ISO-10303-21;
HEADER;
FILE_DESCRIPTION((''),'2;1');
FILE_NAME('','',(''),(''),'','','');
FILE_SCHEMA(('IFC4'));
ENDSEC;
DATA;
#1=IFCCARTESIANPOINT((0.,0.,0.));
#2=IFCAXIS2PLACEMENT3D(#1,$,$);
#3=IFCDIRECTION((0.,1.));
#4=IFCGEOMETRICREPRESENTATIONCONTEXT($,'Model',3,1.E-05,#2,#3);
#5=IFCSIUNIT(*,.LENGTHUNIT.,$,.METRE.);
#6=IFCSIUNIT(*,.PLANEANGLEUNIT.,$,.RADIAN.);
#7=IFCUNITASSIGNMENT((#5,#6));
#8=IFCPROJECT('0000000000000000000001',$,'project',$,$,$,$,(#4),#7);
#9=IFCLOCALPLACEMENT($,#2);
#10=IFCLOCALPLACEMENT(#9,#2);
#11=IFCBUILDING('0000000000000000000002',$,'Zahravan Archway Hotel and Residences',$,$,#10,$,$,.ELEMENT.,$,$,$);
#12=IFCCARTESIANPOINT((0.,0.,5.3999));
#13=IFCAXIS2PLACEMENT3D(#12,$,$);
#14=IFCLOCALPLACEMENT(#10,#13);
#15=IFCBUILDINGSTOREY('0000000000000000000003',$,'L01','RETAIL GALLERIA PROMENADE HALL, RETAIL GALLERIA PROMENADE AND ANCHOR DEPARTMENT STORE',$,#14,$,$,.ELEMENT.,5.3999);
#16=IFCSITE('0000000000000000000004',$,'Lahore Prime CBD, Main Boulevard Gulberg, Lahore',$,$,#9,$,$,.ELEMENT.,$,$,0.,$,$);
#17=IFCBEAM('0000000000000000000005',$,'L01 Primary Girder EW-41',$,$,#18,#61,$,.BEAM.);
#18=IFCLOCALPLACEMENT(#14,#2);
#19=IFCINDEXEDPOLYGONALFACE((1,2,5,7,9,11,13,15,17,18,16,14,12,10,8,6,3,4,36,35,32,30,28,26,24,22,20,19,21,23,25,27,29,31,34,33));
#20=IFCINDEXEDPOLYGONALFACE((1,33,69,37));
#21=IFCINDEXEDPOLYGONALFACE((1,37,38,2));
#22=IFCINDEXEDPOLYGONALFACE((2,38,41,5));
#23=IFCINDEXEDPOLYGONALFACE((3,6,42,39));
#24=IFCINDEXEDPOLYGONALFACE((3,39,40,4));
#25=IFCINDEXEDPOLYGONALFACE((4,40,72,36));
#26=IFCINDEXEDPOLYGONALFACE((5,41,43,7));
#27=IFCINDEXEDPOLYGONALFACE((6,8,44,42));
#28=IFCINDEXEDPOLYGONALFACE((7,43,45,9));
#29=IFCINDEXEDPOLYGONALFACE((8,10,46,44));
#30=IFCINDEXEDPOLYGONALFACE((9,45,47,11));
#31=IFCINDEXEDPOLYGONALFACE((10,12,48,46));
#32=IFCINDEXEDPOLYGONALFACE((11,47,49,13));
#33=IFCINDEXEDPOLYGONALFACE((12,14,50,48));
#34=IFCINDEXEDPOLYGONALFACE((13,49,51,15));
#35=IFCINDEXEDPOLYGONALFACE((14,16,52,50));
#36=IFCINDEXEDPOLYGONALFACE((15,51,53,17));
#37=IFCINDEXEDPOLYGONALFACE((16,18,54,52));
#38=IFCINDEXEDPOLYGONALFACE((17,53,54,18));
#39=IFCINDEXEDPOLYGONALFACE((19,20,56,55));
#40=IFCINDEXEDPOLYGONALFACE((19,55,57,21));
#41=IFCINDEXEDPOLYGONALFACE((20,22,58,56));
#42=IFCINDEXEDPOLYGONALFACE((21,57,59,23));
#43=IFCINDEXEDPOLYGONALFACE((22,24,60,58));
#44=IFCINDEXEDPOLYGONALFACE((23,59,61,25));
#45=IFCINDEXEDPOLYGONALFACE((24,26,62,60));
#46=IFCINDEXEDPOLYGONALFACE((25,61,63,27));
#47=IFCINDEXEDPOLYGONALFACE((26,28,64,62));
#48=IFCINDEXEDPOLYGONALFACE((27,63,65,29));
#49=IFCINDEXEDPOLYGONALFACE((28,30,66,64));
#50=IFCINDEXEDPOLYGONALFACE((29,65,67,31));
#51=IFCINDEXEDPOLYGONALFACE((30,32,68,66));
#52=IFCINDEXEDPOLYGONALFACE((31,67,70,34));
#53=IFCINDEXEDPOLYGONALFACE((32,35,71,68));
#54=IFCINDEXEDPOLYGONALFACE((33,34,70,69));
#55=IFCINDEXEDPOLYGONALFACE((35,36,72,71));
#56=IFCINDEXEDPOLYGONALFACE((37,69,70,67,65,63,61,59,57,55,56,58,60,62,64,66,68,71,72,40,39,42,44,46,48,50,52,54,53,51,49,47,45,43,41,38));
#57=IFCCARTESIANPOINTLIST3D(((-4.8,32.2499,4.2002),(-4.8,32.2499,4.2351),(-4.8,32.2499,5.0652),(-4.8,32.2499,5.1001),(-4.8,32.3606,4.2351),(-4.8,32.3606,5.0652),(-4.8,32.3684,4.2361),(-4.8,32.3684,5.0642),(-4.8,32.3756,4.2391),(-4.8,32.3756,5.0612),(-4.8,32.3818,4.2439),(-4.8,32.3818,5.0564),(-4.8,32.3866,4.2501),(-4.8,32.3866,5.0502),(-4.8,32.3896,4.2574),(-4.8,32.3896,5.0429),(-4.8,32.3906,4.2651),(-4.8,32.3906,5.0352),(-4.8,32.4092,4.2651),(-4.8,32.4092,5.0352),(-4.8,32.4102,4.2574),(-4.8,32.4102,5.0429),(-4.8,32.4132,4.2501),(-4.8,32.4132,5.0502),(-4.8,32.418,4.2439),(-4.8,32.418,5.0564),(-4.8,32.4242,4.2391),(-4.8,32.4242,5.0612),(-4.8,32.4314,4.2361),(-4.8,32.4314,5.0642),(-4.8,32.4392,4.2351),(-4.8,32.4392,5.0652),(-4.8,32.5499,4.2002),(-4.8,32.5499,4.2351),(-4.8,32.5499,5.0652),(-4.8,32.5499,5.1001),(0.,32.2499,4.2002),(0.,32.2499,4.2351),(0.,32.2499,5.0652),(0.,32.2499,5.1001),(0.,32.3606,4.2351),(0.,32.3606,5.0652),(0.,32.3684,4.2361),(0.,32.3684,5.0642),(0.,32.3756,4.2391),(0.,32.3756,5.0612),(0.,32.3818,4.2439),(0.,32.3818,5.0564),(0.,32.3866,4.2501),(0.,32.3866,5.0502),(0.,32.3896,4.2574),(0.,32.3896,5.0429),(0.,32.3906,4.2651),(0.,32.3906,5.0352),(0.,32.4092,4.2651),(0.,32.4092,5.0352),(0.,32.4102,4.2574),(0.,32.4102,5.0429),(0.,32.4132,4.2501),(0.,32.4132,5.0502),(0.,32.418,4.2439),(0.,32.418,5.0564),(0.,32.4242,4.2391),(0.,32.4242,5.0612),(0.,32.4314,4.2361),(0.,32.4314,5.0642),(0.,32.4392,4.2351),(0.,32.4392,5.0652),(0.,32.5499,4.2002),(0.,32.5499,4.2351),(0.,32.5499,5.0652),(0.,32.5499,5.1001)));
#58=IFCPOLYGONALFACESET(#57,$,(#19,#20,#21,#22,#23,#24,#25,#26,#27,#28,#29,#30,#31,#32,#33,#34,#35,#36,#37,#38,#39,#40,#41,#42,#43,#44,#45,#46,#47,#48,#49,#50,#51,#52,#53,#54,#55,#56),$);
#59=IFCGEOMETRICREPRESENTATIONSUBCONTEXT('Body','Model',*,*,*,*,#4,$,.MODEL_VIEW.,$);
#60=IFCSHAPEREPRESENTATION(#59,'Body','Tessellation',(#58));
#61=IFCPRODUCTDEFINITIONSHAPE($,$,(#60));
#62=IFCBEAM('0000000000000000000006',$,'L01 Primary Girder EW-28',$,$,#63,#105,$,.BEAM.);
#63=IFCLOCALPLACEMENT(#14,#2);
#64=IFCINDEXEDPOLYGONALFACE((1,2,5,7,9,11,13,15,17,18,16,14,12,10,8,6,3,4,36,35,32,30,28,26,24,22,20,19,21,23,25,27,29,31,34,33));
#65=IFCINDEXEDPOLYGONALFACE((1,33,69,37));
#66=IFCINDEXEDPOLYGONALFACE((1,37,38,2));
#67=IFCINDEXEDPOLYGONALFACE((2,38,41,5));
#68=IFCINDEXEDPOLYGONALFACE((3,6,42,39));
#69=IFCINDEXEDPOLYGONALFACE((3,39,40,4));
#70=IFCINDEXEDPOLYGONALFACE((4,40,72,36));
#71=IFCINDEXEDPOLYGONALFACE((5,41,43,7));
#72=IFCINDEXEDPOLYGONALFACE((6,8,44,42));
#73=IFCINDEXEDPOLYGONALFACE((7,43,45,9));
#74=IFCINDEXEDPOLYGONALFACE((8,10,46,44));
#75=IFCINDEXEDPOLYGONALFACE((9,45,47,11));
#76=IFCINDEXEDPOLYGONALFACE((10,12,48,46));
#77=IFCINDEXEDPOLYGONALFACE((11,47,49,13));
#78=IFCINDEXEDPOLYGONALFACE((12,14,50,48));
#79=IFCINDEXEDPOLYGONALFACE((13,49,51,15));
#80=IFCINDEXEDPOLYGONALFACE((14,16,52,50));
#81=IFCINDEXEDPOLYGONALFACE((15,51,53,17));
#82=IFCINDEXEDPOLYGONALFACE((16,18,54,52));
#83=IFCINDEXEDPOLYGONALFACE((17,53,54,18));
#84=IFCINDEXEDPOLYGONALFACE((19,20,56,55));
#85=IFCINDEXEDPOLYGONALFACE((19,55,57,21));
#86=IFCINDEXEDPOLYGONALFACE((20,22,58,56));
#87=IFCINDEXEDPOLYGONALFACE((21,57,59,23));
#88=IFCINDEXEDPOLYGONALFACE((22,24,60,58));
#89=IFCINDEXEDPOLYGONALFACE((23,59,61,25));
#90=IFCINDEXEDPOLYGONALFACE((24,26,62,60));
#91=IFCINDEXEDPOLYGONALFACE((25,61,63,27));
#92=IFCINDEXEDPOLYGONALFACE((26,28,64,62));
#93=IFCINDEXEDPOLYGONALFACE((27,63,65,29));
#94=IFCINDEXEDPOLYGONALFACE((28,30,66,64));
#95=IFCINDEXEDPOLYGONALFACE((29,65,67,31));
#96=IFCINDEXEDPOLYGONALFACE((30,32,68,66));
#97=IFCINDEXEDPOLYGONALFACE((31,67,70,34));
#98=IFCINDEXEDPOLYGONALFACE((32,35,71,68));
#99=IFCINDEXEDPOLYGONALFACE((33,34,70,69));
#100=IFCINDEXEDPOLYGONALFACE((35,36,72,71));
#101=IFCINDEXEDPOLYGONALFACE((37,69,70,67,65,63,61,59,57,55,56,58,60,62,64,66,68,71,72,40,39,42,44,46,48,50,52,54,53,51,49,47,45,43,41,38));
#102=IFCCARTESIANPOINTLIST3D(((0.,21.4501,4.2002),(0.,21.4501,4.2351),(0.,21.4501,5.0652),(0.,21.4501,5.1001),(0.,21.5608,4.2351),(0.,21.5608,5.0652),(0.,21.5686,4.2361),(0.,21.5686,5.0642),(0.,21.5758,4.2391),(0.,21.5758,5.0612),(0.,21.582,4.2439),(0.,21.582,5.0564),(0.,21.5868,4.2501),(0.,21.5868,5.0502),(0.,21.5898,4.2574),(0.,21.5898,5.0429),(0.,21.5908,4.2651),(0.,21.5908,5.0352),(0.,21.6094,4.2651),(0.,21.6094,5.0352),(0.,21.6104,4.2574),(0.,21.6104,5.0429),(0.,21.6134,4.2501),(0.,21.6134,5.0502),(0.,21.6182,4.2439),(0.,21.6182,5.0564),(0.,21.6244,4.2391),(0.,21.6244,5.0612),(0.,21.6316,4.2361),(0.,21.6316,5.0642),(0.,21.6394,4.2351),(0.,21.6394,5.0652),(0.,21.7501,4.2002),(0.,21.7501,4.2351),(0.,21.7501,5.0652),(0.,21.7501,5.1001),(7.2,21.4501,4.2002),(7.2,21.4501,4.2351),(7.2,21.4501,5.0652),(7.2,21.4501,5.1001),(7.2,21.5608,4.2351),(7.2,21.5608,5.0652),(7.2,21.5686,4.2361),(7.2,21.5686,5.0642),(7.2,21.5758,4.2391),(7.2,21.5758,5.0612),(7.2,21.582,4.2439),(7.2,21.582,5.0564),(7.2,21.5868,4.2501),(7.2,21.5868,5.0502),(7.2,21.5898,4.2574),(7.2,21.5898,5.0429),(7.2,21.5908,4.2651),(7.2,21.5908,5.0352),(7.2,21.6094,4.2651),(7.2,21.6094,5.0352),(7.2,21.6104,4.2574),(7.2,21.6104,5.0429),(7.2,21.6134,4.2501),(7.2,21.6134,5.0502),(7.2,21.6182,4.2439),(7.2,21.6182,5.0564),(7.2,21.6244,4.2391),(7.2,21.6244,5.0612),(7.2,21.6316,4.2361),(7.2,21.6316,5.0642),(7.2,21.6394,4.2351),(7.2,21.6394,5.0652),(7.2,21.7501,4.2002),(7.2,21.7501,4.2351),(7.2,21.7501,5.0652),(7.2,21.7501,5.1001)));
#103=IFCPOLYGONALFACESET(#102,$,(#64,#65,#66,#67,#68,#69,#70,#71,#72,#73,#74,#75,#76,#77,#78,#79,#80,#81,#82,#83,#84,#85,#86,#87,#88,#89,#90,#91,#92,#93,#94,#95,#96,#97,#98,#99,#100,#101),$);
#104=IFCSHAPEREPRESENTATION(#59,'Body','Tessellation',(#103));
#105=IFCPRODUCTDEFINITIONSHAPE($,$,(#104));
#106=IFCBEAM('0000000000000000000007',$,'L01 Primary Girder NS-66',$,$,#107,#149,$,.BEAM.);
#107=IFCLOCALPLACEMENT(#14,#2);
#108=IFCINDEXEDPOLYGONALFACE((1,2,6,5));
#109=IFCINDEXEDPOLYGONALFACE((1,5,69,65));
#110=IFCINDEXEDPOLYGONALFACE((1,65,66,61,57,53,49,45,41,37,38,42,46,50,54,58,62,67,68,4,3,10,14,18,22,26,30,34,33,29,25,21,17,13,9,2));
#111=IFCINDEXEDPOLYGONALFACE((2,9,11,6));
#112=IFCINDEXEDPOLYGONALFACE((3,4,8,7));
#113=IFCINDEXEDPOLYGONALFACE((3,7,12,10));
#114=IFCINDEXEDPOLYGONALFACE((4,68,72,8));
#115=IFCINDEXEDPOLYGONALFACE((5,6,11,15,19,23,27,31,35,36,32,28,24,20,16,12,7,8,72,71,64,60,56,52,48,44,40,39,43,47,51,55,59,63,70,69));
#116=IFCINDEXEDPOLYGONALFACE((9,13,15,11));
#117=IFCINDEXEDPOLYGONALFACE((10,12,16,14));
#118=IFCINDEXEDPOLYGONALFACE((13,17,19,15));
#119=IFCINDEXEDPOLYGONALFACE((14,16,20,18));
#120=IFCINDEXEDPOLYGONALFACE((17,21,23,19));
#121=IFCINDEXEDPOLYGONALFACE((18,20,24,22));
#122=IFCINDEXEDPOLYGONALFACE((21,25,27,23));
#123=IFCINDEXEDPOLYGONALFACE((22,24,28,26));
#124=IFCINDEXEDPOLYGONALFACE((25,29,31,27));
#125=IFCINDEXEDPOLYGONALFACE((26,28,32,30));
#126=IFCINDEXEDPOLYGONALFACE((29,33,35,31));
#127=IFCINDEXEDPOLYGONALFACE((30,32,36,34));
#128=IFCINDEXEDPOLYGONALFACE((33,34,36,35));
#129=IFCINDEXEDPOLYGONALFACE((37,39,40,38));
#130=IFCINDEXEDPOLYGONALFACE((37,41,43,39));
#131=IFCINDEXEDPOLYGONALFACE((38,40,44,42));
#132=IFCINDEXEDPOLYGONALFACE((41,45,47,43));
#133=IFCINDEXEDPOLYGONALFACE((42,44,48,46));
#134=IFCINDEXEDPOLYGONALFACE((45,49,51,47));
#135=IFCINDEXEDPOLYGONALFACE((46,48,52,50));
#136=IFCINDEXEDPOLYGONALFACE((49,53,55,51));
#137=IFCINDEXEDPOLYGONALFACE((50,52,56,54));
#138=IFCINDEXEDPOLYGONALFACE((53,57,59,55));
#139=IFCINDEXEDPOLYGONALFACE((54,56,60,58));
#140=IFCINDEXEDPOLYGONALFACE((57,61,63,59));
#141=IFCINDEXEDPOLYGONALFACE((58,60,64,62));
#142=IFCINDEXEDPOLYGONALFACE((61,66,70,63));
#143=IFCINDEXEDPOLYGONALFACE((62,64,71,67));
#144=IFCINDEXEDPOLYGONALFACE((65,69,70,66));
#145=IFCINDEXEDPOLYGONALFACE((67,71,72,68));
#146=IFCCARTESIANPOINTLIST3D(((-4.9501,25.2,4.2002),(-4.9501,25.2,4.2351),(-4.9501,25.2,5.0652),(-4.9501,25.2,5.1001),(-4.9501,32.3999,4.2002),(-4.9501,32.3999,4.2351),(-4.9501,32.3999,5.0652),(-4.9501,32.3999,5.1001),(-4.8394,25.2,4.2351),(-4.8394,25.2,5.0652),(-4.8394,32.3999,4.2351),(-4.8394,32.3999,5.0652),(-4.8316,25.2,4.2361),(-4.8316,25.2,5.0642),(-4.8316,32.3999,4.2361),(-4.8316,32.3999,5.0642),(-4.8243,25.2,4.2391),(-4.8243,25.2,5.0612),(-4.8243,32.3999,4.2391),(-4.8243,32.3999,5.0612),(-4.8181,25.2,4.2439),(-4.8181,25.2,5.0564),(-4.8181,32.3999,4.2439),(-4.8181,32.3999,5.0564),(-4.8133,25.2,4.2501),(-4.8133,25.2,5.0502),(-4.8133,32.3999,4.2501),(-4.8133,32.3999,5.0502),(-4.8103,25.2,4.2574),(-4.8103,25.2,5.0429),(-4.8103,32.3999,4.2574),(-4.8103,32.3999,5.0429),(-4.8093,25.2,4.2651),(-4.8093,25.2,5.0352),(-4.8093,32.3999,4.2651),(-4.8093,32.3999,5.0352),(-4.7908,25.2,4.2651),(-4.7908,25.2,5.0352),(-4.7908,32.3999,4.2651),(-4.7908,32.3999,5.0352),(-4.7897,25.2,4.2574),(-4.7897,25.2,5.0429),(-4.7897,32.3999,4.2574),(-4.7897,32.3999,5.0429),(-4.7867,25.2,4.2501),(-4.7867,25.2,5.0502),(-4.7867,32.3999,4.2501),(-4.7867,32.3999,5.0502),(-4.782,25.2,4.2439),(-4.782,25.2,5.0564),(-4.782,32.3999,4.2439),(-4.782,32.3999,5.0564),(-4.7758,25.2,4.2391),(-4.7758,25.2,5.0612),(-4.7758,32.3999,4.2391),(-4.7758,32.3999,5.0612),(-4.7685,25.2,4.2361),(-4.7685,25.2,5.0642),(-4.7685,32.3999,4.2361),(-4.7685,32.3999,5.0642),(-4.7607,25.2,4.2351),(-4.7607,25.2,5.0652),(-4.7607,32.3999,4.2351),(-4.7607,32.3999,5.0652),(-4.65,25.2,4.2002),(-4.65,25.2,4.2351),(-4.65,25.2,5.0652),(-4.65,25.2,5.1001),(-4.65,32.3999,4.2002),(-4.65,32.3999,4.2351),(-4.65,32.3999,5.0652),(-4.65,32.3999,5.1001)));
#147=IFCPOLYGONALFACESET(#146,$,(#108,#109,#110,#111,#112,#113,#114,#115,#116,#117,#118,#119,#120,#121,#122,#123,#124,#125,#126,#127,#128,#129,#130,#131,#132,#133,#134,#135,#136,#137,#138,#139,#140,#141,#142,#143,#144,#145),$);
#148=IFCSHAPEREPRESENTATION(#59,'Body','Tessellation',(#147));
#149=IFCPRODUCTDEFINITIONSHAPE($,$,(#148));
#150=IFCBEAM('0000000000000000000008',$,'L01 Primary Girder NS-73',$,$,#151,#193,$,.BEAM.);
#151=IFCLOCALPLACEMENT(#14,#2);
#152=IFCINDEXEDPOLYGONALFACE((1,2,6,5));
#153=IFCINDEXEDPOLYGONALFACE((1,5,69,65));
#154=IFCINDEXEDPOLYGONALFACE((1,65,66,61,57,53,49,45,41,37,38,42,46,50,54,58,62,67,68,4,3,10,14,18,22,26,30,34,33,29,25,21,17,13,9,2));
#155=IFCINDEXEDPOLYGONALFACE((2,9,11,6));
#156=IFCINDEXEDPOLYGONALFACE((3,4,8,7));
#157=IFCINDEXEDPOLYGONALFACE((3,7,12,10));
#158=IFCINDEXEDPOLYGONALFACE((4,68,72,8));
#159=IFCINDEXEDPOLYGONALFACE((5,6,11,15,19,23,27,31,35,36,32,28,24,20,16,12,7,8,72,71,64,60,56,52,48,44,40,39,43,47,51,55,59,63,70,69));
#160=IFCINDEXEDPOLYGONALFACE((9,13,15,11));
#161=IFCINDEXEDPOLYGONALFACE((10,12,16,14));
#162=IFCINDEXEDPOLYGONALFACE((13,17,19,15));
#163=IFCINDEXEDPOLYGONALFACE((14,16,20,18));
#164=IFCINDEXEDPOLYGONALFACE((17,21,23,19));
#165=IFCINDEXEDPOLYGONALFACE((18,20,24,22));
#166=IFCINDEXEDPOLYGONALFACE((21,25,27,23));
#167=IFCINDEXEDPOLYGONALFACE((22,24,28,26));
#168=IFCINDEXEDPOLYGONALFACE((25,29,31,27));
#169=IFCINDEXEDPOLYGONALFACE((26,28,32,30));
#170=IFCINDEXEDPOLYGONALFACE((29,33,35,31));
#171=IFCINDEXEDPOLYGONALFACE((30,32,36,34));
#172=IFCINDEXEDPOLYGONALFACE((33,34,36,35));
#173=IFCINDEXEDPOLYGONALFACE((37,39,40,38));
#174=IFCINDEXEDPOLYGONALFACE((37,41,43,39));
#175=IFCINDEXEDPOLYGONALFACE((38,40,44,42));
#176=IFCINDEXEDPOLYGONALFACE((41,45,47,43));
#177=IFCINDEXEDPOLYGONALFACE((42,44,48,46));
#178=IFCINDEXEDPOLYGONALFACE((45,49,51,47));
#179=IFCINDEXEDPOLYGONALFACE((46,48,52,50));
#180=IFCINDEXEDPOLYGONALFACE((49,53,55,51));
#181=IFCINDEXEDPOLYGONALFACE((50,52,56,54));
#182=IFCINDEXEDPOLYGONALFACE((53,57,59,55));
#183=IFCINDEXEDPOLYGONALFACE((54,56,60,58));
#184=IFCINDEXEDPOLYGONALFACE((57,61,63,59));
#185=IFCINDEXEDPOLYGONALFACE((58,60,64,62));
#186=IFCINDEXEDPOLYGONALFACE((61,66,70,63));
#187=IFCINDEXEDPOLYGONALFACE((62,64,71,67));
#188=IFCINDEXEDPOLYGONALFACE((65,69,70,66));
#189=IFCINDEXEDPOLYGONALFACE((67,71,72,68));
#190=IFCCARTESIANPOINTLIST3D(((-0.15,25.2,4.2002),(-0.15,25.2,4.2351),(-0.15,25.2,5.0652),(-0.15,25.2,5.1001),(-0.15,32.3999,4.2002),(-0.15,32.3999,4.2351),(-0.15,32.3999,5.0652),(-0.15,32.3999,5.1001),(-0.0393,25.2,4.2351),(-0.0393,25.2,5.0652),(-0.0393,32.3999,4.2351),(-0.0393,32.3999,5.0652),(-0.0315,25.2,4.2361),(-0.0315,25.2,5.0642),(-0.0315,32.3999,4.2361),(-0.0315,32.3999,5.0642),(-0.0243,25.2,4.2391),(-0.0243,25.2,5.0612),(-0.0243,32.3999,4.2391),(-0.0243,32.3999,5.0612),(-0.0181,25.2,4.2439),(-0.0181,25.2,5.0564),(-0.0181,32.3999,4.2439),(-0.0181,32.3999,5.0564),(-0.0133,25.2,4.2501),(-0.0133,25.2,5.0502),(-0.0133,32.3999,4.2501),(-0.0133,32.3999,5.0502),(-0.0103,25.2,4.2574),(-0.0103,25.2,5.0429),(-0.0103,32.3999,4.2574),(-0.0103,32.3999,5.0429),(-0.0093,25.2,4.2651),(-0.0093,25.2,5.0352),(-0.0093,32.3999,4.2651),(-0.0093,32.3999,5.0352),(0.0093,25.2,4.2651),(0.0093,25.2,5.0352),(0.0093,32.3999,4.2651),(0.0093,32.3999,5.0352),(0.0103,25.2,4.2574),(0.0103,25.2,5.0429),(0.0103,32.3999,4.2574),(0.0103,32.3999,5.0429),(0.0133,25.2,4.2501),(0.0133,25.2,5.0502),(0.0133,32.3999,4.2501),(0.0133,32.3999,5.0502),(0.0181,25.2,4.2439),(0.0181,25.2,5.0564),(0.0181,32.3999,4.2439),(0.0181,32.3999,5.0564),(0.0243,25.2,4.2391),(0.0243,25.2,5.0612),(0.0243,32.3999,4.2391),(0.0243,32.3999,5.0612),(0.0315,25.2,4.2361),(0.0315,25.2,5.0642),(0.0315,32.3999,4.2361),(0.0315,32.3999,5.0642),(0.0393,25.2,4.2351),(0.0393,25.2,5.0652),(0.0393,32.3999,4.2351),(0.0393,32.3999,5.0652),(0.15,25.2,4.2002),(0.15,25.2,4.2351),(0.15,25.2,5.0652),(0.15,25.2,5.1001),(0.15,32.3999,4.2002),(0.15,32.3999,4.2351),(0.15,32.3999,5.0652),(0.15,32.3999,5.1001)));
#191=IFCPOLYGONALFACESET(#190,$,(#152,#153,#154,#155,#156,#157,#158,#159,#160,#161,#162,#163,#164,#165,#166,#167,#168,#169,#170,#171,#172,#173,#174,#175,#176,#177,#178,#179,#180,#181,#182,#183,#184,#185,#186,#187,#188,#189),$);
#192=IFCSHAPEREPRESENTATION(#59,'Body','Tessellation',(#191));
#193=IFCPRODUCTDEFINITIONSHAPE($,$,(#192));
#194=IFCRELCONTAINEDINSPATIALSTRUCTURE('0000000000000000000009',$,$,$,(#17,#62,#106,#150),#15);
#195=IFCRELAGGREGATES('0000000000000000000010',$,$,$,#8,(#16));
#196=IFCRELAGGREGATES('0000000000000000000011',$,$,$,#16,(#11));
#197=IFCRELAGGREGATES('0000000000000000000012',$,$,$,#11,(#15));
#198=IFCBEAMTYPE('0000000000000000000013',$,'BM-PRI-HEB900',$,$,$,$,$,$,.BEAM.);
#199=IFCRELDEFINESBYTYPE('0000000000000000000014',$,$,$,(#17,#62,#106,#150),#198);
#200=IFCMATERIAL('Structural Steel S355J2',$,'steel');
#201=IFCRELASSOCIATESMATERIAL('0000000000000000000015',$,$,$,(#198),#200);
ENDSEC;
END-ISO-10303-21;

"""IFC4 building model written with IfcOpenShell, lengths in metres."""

from ifc_helpers import new_model, si_unit, direction, frame, origin, origin_2d, place, context, subcontext, project, spatial, i_section, extrude, source, transform, mapped, material, material_profile, profile_set, type_object, type_shapes, element, save


model = new_model("IFC4")

# Units and contexts
model_context = context("Model", 3, precision=1e-05, world=origin(), true_north=direction((0.0, 1.0)))
body_context = subcontext(model_context, "Body", "Model", "MODEL_VIEW")
ifc_project = project(units=[si_unit("LENGTHUNIT", "METRE"), si_unit("PLANEANGLEUNIT", "RADIAN")], contexts=[model_context])

# Site, building, storey
site_placement = place(None, origin())
site = spatial("IfcSite", under=ifc_project, at=site_placement, Name="Lahore Prime CBD, Main Boulevard Gulberg, Lahore", CompositionType="ELEMENT", RefElevation=0.0)
building_placement = place(site_placement, origin())
building = spatial("IfcBuilding", under=site, at=building_placement, Name="Zahravan Archway Hotel and Residences", CompositionType="ELEMENT")
storey_placement = place(building_placement, frame((0.0, 0.0, 5.3999)))
storey = spatial("IfcBuildingStorey", under=building, at=storey_placement, Name="L01", Description="RETAIL GALLERIA PROMENADE HALL, RETAIL GALLERIA PROMENADE AND ANCHOR DEPARTMENT STORE", CompositionType="ELEMENT", Elevation=5.3999)

# Beams
ifc_material_1 = material(Name="Structural Steel S355J2", Category="steel")
ifc_material_profile_1 = material_profile(ifc_material_1, i_section(OverallWidth=0.3, OverallDepth=0.8999, WebThickness=0.0186, FlangeThickness=0.0349, FilletRadius=0.03, at=origin_2d()), Name="HEB 900", Category="steel")
ifc_profile_set_1 = profile_set([ifc_material_profile_1], Name="Structural Steel S355J2")
beam_type_1 = type_object("IfcBeamType", Name="BM-PRI-HEB900", PredefinedType="BEAM", material=ifc_profile_set_1)
shared_shape_1 = source(origin(), body_context, "Body", "SweptSolid", [
    extrude(i_section(OverallWidth=0.3, OverallDepth=0.8999, WebThickness=0.0186, FlangeThickness=0.0349, FilletRadius=0.03, at=origin_2d()), origin(), (0.0, 0.0, 1.0), 4.8),
])
type_shapes(beam_type_1, [shared_shape_1])
for number, where, z_axis, x_axis, name in (
    (1, (-4.8, 32.3999, 4.6501), (1.0, 0.0, 0.0), (0.0, 1.0, 0.0), "L01 Primary Girder EW-41"),
):
    element("IfcBeam", number, at=place(storey_placement, frame(where, z_axis=z_axis, x_axis=x_axis)), inside=storey, type_object=beam_type_1, Name=name, PredefinedType="BEAM", context=body_context, shape_type="MappedRepresentation", body=[
        mapped(shared_shape_1, transform((0.0, 0.0, 0.0), scale=1.0)),
    ])
shared_shape_2 = source(origin(), body_context, "Body", "SweptSolid", [
    extrude(i_section(OverallWidth=0.3, OverallDepth=0.8999, WebThickness=0.0186, FlangeThickness=0.0349, FilletRadius=0.03, at=origin_2d()), origin(), (0.0, 0.0, 1.0), 7.2),
])
for number, where, z_axis, x_axis, name in (
    (2, (0.0, 21.6001, 4.6501), (1.0, 0.0, 0.0), (0.0, 1.0, 0.0), "L01 Primary Girder EW-28"),
    (3, (-4.8, 25.2, 4.6501), (0.0, 1.0, 0.0), (-1.0, 0.0, 0.0), "L01 Primary Girder NS-66"),
    (4, (0.0, 25.2, 4.6501), (0.0, 1.0, 0.0), (-1.0, 0.0, 0.0), "L01 Primary Girder NS-73"),
):
    element("IfcBeam", number, at=place(storey_placement, frame(where, z_axis=z_axis, x_axis=x_axis)), inside=storey, type_object=beam_type_1, Name=name, PredefinedType="BEAM", context=body_context, shape_type="MappedRepresentation", body=[
        mapped(shared_shape_2, transform((0.0, 0.0, 0.0), scale=1.0)),
    ])

save(model, "model.ifc")
